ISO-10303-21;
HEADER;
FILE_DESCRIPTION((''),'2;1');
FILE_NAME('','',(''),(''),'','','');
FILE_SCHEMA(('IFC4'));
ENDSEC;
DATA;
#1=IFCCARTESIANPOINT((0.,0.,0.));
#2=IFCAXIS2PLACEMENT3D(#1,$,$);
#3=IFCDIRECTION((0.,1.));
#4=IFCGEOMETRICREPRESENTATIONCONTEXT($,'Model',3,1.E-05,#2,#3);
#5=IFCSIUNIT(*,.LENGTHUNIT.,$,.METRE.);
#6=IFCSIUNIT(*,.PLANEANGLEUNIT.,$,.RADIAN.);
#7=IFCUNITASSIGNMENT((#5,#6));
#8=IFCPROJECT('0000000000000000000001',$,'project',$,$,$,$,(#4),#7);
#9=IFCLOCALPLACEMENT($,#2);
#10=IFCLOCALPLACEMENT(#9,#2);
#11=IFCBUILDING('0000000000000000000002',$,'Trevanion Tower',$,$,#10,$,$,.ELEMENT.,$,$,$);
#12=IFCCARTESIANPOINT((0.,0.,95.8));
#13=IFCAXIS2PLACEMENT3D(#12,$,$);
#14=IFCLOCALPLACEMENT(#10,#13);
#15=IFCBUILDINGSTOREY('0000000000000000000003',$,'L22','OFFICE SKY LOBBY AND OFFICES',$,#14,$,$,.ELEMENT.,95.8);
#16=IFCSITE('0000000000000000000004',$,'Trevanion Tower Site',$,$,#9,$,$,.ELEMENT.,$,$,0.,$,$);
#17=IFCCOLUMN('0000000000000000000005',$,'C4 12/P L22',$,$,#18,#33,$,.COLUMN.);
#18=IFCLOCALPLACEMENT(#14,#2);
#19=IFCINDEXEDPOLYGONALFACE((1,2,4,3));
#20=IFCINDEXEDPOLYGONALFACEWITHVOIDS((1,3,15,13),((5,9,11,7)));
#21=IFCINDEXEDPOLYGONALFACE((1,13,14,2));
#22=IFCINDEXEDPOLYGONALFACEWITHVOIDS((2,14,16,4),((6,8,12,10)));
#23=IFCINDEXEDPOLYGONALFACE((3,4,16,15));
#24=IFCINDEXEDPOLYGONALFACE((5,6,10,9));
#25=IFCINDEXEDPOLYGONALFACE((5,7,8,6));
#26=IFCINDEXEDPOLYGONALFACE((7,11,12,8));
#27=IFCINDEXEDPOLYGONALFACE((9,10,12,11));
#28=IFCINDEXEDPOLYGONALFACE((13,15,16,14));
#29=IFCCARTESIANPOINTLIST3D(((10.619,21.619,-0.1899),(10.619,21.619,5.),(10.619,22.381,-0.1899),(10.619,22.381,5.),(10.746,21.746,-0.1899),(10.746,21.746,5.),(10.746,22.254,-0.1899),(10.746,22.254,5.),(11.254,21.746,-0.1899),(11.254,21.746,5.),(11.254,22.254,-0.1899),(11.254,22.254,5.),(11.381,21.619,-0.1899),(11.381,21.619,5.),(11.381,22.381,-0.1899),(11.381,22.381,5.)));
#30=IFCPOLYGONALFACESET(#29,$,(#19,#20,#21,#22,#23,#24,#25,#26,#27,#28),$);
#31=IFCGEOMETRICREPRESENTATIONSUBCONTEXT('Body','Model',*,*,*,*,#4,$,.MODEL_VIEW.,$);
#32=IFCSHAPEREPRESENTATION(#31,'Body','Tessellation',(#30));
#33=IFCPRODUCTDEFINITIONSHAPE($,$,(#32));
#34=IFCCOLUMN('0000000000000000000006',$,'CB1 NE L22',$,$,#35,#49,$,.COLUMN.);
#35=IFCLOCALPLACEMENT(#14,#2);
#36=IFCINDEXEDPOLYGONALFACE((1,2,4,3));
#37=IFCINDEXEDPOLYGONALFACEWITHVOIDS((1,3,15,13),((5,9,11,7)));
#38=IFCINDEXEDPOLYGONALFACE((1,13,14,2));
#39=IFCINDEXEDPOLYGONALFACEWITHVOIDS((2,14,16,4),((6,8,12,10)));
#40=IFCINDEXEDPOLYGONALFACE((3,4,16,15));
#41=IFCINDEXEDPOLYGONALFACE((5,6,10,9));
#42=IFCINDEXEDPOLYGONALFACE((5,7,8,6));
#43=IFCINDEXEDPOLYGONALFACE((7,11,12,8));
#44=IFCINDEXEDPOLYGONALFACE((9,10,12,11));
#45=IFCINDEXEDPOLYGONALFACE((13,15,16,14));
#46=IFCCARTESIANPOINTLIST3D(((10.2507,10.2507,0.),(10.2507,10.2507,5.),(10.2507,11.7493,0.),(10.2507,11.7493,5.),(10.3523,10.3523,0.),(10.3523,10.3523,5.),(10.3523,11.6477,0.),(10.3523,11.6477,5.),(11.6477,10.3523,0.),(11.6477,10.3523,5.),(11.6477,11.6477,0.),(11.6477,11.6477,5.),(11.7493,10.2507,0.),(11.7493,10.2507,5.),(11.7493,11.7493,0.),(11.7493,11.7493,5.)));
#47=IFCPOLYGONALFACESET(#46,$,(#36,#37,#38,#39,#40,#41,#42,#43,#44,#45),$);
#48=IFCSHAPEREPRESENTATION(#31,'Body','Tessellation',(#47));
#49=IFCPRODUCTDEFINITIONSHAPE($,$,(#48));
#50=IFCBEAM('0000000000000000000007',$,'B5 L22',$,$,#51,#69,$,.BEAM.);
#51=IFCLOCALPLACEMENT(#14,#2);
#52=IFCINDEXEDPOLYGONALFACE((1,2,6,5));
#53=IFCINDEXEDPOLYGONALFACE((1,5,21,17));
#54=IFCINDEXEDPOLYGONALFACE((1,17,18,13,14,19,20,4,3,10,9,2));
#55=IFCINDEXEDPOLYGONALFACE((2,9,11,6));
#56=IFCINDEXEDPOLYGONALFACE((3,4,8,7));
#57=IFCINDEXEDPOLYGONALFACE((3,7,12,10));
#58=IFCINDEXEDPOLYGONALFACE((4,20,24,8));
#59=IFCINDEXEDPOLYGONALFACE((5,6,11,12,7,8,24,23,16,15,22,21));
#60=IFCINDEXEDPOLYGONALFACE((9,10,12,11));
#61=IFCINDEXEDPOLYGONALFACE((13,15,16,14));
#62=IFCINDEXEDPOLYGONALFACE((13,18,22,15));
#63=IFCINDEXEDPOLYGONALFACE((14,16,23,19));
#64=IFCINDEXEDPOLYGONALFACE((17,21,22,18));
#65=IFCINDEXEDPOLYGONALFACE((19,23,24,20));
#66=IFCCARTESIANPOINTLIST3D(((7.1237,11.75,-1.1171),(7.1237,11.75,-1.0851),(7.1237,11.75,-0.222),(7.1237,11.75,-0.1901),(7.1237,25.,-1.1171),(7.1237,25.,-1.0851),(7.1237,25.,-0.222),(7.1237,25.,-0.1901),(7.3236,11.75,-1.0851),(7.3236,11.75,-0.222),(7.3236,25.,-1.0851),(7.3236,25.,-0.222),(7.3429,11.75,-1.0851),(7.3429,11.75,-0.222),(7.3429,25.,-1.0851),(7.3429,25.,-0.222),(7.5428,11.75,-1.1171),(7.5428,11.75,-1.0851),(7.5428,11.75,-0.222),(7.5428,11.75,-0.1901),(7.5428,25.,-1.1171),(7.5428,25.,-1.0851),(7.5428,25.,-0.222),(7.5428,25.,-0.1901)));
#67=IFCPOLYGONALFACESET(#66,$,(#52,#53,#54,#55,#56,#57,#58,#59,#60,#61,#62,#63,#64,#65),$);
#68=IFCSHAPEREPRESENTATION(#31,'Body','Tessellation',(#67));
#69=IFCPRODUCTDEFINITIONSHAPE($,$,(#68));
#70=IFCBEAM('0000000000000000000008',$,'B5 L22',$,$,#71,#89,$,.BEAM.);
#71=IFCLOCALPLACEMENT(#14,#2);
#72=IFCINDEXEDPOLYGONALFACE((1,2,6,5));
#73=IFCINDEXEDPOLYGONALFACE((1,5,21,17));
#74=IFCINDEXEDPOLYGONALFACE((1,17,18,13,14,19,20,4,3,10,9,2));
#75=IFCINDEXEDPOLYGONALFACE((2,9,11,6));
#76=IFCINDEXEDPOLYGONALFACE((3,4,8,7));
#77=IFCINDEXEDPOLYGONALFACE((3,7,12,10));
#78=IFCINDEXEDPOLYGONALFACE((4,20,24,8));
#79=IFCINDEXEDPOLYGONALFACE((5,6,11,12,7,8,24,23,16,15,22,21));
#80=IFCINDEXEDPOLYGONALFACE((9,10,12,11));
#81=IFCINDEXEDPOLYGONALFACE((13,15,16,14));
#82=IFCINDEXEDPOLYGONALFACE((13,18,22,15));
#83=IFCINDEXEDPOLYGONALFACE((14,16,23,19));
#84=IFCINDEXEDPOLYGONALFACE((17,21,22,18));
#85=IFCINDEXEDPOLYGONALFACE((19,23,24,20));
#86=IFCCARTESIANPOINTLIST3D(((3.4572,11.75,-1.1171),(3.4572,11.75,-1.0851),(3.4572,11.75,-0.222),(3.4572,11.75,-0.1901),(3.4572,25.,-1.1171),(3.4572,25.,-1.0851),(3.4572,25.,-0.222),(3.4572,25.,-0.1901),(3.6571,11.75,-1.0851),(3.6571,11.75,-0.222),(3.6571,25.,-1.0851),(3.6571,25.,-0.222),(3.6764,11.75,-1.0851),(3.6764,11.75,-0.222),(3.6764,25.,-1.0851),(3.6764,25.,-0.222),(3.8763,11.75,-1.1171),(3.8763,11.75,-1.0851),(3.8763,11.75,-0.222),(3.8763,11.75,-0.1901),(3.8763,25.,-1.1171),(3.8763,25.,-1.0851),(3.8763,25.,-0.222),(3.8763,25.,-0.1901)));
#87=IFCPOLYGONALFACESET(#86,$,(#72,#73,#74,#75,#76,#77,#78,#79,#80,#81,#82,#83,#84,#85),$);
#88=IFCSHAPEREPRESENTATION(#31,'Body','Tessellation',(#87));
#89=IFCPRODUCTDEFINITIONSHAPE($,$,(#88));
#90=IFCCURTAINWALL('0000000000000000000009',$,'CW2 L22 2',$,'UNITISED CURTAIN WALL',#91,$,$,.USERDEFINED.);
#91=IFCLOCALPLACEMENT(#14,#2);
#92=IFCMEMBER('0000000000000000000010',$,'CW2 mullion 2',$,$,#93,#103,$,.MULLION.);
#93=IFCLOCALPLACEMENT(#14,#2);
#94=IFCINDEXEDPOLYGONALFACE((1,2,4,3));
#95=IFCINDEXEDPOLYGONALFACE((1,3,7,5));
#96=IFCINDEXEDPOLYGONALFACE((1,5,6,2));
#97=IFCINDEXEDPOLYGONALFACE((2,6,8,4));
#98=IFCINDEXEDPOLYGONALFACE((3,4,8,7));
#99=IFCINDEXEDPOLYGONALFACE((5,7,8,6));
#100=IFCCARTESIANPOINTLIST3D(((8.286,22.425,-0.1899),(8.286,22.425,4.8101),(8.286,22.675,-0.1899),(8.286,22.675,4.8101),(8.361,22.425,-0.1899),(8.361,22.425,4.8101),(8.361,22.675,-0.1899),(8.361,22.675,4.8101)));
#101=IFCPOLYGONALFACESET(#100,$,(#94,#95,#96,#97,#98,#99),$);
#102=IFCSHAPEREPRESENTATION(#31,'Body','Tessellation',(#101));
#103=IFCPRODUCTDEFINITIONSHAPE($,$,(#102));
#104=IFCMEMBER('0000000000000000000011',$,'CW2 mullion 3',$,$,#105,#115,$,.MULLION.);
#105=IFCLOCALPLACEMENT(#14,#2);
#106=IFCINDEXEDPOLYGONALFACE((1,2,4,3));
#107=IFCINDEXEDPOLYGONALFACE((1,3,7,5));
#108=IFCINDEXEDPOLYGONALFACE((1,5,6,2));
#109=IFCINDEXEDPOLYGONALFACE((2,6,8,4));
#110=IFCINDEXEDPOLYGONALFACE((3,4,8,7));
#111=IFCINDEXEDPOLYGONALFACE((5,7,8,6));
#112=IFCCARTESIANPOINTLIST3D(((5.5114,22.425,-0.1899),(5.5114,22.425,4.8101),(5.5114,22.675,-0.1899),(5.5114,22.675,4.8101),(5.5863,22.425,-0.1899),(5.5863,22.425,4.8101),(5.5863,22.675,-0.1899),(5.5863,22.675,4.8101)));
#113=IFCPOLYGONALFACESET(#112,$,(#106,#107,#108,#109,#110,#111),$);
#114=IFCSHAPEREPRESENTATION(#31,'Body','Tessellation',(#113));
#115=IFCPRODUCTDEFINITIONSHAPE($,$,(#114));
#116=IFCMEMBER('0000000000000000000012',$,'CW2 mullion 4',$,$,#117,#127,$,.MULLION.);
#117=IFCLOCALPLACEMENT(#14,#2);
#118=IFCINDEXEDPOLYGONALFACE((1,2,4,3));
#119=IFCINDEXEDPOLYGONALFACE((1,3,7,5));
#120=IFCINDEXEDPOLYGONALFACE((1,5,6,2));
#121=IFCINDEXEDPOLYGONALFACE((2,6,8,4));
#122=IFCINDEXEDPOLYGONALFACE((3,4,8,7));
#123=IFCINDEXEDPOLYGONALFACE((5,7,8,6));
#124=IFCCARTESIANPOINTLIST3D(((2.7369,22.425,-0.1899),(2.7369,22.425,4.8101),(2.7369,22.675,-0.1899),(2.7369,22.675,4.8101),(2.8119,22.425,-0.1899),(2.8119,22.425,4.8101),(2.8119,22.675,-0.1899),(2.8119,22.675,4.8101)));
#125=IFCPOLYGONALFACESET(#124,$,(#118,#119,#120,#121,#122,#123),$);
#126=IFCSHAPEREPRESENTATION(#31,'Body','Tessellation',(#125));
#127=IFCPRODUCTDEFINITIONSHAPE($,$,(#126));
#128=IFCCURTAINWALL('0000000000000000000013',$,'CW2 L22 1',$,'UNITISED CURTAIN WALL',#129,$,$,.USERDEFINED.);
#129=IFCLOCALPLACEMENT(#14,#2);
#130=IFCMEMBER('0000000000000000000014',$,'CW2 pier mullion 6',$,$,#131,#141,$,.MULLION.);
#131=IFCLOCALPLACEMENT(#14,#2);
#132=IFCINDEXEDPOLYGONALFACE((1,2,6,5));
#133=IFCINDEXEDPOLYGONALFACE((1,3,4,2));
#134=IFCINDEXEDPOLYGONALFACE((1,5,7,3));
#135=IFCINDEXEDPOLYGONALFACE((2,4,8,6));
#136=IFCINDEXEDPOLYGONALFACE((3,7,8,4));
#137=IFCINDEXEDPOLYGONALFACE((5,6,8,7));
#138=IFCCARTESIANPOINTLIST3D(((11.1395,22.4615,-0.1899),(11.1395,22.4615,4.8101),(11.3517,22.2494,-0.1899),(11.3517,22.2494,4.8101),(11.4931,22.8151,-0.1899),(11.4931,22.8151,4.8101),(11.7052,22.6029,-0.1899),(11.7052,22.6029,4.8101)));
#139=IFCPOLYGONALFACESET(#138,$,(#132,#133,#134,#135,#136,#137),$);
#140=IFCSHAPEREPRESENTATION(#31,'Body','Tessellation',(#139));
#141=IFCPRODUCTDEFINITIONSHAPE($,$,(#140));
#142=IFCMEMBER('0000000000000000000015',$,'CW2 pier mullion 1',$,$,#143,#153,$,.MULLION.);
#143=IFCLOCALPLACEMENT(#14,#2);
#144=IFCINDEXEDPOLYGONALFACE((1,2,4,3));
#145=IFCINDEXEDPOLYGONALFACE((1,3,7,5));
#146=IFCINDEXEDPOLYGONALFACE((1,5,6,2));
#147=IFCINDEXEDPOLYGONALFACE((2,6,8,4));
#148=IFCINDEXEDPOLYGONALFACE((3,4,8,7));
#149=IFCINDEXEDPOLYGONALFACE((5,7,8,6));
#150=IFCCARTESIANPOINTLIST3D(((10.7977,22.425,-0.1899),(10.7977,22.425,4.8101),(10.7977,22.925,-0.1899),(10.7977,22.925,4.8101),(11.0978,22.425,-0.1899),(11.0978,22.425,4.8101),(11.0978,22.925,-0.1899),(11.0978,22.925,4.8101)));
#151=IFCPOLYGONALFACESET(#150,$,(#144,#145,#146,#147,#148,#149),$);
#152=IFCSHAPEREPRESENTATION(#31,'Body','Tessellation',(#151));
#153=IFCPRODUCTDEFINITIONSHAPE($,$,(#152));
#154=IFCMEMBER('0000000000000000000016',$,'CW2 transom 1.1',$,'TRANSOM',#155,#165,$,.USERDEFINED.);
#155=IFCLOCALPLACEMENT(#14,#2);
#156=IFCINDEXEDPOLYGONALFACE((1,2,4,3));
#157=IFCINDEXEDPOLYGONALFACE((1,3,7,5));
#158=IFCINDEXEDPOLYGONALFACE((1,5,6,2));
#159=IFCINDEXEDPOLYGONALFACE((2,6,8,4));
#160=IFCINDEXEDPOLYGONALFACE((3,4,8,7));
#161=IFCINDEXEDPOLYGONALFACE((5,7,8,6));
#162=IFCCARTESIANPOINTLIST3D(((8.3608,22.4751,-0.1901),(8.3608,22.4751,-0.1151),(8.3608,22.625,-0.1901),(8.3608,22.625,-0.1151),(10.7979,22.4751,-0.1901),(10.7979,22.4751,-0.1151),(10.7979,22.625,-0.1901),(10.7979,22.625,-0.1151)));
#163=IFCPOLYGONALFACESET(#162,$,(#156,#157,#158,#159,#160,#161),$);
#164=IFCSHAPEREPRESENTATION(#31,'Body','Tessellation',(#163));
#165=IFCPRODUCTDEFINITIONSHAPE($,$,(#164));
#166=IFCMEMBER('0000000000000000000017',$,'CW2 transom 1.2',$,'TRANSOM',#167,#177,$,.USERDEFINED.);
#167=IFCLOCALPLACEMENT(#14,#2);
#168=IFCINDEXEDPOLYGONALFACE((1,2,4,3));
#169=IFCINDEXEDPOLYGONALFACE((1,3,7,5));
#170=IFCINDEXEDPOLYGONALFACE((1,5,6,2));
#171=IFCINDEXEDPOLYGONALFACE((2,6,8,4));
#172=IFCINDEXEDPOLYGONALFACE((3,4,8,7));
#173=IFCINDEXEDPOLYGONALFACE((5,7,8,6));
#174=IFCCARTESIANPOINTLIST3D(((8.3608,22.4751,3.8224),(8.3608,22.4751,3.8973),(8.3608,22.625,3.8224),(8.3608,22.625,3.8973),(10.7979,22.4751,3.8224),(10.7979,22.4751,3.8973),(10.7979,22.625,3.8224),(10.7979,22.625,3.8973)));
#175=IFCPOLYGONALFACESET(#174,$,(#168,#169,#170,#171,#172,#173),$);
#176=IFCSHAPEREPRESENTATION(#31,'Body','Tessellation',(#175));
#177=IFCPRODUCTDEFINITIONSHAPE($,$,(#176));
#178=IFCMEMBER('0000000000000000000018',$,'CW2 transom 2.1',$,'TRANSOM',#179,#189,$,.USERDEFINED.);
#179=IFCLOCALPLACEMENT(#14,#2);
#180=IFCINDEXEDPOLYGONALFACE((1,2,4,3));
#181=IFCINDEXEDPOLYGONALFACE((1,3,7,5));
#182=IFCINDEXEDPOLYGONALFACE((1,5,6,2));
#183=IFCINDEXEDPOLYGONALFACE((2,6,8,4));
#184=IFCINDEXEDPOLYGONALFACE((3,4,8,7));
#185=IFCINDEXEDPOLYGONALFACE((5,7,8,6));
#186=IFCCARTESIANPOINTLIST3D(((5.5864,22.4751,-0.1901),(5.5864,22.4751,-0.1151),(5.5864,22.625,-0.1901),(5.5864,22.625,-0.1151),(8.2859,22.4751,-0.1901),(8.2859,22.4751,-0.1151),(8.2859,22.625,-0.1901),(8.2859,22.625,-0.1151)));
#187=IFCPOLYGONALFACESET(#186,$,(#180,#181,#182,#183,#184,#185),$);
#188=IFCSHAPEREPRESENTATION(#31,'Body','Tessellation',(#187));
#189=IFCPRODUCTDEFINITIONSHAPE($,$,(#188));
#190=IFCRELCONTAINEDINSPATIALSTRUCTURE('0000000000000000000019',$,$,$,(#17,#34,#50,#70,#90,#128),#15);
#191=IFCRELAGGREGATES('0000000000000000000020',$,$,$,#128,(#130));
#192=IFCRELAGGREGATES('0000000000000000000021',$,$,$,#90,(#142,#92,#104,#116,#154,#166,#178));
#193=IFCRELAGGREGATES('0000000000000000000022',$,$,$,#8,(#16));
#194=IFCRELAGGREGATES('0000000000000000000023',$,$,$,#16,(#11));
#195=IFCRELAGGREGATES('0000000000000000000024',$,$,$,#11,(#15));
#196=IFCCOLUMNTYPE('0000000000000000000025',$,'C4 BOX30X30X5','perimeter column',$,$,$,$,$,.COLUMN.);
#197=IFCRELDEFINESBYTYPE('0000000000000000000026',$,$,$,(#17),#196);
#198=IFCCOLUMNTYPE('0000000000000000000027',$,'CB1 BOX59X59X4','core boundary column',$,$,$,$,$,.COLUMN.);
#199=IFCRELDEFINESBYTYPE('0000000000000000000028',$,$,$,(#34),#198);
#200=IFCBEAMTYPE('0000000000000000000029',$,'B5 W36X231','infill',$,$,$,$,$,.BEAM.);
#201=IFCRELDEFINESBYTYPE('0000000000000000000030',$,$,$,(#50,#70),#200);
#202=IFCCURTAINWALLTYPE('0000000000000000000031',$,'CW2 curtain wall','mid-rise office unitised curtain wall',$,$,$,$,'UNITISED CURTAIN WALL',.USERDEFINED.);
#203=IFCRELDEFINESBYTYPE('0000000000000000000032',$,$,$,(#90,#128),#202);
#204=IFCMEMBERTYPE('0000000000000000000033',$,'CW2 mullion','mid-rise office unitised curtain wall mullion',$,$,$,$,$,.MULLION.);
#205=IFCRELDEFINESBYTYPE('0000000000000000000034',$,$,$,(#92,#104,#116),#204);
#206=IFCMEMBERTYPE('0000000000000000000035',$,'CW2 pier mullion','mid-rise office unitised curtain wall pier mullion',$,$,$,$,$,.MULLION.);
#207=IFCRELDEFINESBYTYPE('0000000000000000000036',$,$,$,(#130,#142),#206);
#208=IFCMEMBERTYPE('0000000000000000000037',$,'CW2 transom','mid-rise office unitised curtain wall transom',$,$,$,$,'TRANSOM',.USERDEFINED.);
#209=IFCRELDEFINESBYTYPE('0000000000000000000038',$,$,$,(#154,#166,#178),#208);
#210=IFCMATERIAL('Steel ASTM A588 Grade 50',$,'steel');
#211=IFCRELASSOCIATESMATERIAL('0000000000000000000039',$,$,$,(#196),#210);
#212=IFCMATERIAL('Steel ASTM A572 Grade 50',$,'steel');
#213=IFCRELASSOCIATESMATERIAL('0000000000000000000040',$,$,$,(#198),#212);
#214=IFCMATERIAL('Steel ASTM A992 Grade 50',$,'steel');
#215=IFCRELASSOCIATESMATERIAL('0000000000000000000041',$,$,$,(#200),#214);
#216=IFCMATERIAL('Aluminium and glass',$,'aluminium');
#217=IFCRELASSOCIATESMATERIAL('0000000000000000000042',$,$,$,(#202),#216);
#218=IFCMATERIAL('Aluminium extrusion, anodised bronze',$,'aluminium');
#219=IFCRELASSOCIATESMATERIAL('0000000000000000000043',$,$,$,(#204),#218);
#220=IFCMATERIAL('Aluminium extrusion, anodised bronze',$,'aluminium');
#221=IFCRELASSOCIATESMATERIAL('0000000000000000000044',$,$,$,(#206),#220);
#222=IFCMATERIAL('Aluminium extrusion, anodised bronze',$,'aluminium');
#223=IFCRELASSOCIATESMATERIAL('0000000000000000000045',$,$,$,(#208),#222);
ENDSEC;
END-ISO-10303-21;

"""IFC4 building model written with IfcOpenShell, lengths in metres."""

from ifc_helpers import new_model, si_unit, direction, frame, origin, origin_2d, place, context, subcontext, project, spatial, rectangle, hollow_rectangle, i_section, extrude, material, material_profile, profile_set, type_object, element, aggregate, save


model = new_model("IFC4")

# Units and contexts
model_context = context("Model", 3, precision=1e-05, world=origin(), true_north=direction((0.0, 1.0)))
body_context = subcontext(model_context, "Body", "Model", "MODEL_VIEW")
ifc_project = project(units=[si_unit("LENGTHUNIT", "METRE"), si_unit("PLANEANGLEUNIT", "RADIAN")], contexts=[model_context])

# Site, building, storey
site_placement = place(None, origin())
site = spatial("IfcSite", under=ifc_project, at=site_placement, Name="Trevanion Tower Site", CompositionType="ELEMENT", RefElevation=0.0)
building_placement = place(site_placement, origin())
building = spatial("IfcBuilding", under=site, at=building_placement, Name="Trevanion Tower", CompositionType="ELEMENT")
storey_placement = place(building_placement, frame((0.0, 0.0, 95.8)))
storey = spatial("IfcBuildingStorey", under=building, at=storey_placement, Name="L22", Description="OFFICE SKY LOBBY AND OFFICES", CompositionType="ELEMENT", Elevation=95.8)

# Columns
ifc_material_1 = material(Name="Steel ASTM A588 Grade 50", Category="steel")
ifc_material_profile_1 = material_profile(ifc_material_1, hollow_rectangle(XDim=0.762, YDim=0.762, WallThickness=0.127, at=origin_2d()), Name="BOX30X30X5")
ifc_profile_set_1 = profile_set([ifc_material_profile_1], Name="Steel ASTM A588 Grade 50")
column_type_1 = type_object("IfcColumnType", Name="C4 BOX30X30X5", Description="perimeter column", PredefinedType="COLUMN", material=ifc_profile_set_1)
column_1_placement = place(storey_placement, frame((11.0, 22.0, -0.1899), z_axis=(0.0, 0.0, 1.0), x_axis=(1.0, 0.0, 0.0)))
element("IfcColumn", 1, at=column_1_placement, inside=storey, type_object=column_type_1, Name="C4 12/P L22", PredefinedType="COLUMN", context=body_context, shape_type="SweptSolid", body=[
    extrude(hollow_rectangle(XDim=0.762, YDim=0.762, WallThickness=0.127, at=origin_2d()), origin(), (0.0, 0.0, 1.0), 5.1899),
])
ifc_material_2 = material(Name="Steel ASTM A572 Grade 50", Category="steel")
ifc_material_profile_2 = material_profile(ifc_material_2, hollow_rectangle(XDim=1.4985, YDim=1.4985, WallThickness=0.1016, at=origin_2d()), Name="BOX59X59X4")
ifc_profile_set_2 = profile_set([ifc_material_profile_2], Name="Steel ASTM A572 Grade 50")
column_type_2 = type_object("IfcColumnType", Name="CB1 BOX59X59X4", Description="core boundary column", PredefinedType="COLUMN", material=ifc_profile_set_2)
column_2_placement = place(storey_placement, frame((11.0, 11.0, 0.0), z_axis=(0.0, 0.0, 1.0), x_axis=(1.0, 0.0, 0.0)))
element("IfcColumn", 2, at=column_2_placement, inside=storey, type_object=column_type_2, Name="CB1 NE L22", PredefinedType="COLUMN", context=body_context, shape_type="SweptSolid", body=[
    extrude(hollow_rectangle(XDim=1.4985, YDim=1.4985, WallThickness=0.1016, at=origin_2d()), origin(), (0.0, 0.0, 1.0), 5.0),
])

# Beams
ifc_material_3 = material(Name="Steel ASTM A992 Grade 50", Category="steel")
ifc_material_profile_3 = material_profile(ifc_material_3, i_section(OverallWidth=0.4192, OverallDepth=0.927, WebThickness=0.0193, FlangeThickness=0.032, at=origin_2d()), Name="W36X231")
ifc_profile_set_3 = profile_set([ifc_material_profile_3], Name="Steel ASTM A992 Grade 50")
beam_type = type_object("IfcBeamType", Name="B5 W36X231", Description="infill", PredefinedType="BEAM", material=ifc_profile_set_3)
for number, where, z_axis, x_axis, name in (
    (3, (7.3333, 11.75, -0.6536), (0.0, 1.0, 0.0), (-1.0, 0.0, 0.0), "B5 L22"),
    (4, (3.6667, 11.75, -0.6536), (0.0, 1.0, 0.0), (-1.0, 0.0, 0.0), "B5 L22"),
):
    element("IfcBeam", number, at=place(storey_placement, frame(where, z_axis=z_axis, x_axis=x_axis)), inside=storey, type_object=beam_type, Name=name, PredefinedType="BEAM", context=body_context, shape_type="SweptSolid", body=[
        extrude(i_section(OverallWidth=0.4192, OverallDepth=0.927, WebThickness=0.0193, FlangeThickness=0.032, at=origin_2d()), origin(), (0.0, 0.0, 1.0), 13.25),
    ])

# Curtain wall, members
ifc_material_4 = material(Name="Aluminium and glass", Category="aluminium")
curtain_wall_type = type_object("IfcCurtainWallType", Name="CW2 curtain wall", Description="mid-rise office unitised curtain wall", ElementType="UNITISED CURTAIN WALL", PredefinedType="USERDEFINED", material=ifc_material_4)
curtain_wall_1_placement = place(storey_placement, origin())
curtain_wall_1 = element("IfcCurtainWall", 5, at=curtain_wall_1_placement, inside=storey, type_object=curtain_wall_type, Name="CW2 L22 2", ObjectType="UNITISED CURTAIN WALL", PredefinedType="USERDEFINED")
ifc_material_5 = material(Name="Aluminium extrusion, anodised bronze", Category="aluminium")
ifc_material_profile_4 = material_profile(ifc_material_5, rectangle(XDim=0.075, YDim=0.25, at=origin_2d()), Name="CW2 mullion")
ifc_profile_set_4 = profile_set([ifc_material_profile_4], Name="Aluminium extrusion, anodised bronze")
member_type_1 = type_object("IfcMemberType", Name="CW2 mullion", Description="mid-rise office unitised curtain wall mullion", PredefinedType="MULLION", material=ifc_profile_set_4)
member_1_placement = place(storey_placement, frame((8.3235, 22.55, -0.1899), z_axis=(0.0, 0.0, 1.0), x_axis=(-1.0, 0.0, 0.0)))
member_1 = element("IfcMember", 6, at=member_1_placement, type_object=member_type_1, Name="CW2 mullion 2", PredefinedType="MULLION", context=body_context, shape_type="SweptSolid", body=[
    extrude(rectangle(XDim=0.075, YDim=0.25, at=origin_2d()), origin(), (0.0, 0.0, 1.0), 5.0),
])
member_2_placement = place(storey_placement, frame((5.5488, 22.55, -0.1899), z_axis=(0.0, 0.0, 1.0), x_axis=(-1.0, 0.0, 0.0)))
member_2 = element("IfcMember", 7, at=member_2_placement, type_object=member_type_1, Name="CW2 mullion 3", PredefinedType="MULLION", context=body_context, shape_type="SweptSolid", body=[
    extrude(rectangle(XDim=0.075, YDim=0.25, at=origin_2d()), origin(), (0.0, 0.0, 1.0), 5.0),
])
member_3_placement = place(storey_placement, frame((2.7744, 22.55, -0.1899), z_axis=(0.0, 0.0, 1.0), x_axis=(-1.0, 0.0, 0.0)))
member_3 = element("IfcMember", 8, at=member_3_placement, type_object=member_type_1, Name="CW2 mullion 4", PredefinedType="MULLION", context=body_context, shape_type="SweptSolid", body=[
    extrude(rectangle(XDim=0.075, YDim=0.25, at=origin_2d()), origin(), (0.0, 0.0, 1.0), 5.0),
])

# Curtain wall, member
curtain_wall_2_placement = place(storey_placement, origin())
curtain_wall_2 = element("IfcCurtainWall", 9, at=curtain_wall_2_placement, inside=storey, type_object=curtain_wall_type, Name="CW2 L22 1", ObjectType="UNITISED CURTAIN WALL", PredefinedType="USERDEFINED")
ifc_material_6 = material(Name="Aluminium extrusion, anodised bronze", Category="aluminium")
ifc_material_profile_5 = material_profile(ifc_material_6, rectangle(XDim=0.3, YDim=0.5, at=origin_2d()), Name="CW2 pier mullion")
ifc_profile_set_5 = profile_set([ifc_material_profile_5], Name="Aluminium extrusion, anodised bronze")
member_type_2 = type_object("IfcMemberType", Name="CW2 pier mullion", Description="mid-rise office unitised curtain wall pier mullion", PredefinedType="MULLION", material=ifc_profile_set_5)
member_4_placement = place(storey_placement, frame((11.4224, 22.5322, -0.1899), z_axis=(0.0, 0.0, 1.0), x_axis=(-0.707107, 0.707107, 0.0)))
member_4 = element("IfcMember", 10, at=member_4_placement, type_object=member_type_2, Name="CW2 pier mullion 6", PredefinedType="MULLION", context=body_context, shape_type="SweptSolid", body=[
    extrude(rectangle(XDim=0.3, YDim=0.5, at=origin_2d()), origin(), (0.0, 0.0, 1.0), 5.0),
])
aggregate(curtain_wall_2, [member_4])

# Members
member_5_placement = place(storey_placement, frame((10.9478, 22.675, -0.1899), z_axis=(0.0, 0.0, 1.0), x_axis=(-1.0, 0.0, 0.0)))
member_5 = element("IfcMember", 11, at=member_5_placement, type_object=member_type_2, Name="CW2 pier mullion 1", PredefinedType="MULLION", context=body_context, shape_type="SweptSolid", body=[
    extrude(rectangle(XDim=0.3, YDim=0.5, at=origin_2d()), origin(), (0.0, 0.0, 1.0), 5.0),
])
ifc_material_7 = material(Name="Aluminium extrusion, anodised bronze", Category="aluminium")
ifc_material_profile_6 = material_profile(ifc_material_7, rectangle(XDim=0.1499, YDim=0.075, at=origin_2d()), Name="CW2 transom")
ifc_profile_set_6 = profile_set([ifc_material_profile_6], Name="Aluminium extrusion, anodised bronze")
member_type_3 = type_object("IfcMemberType", Name="CW2 transom", Description="mid-rise office unitised curtain wall transom", ElementType="TRANSOM", PredefinedType="USERDEFINED", material=ifc_profile_set_6)
member_6_placement = place(storey_placement, frame((10.7979, 22.55, -0.1526), z_axis=(-1.0, 0.0, 0.0), x_axis=(0.0, -1.0, 0.0)))
member_6 = element("IfcMember", 12, at=member_6_placement, type_object=member_type_3, Name="CW2 transom 1.1", ObjectType="TRANSOM", PredefinedType="USERDEFINED", context=body_context, shape_type="SweptSolid", body=[
    extrude(rectangle(XDim=0.1499, YDim=0.075, at=origin_2d()), origin(), (0.0, 0.0, 1.0), 2.437),
])
member_7_placement = place(storey_placement, frame((10.7979, 22.55, 3.8599), z_axis=(-1.0, 0.0, 0.0), x_axis=(0.0, -1.0, 0.0)))
member_7 = element("IfcMember", 13, at=member_7_placement, type_object=member_type_3, Name="CW2 transom 1.2", ObjectType="TRANSOM", PredefinedType="USERDEFINED", context=body_context, shape_type="SweptSolid", body=[
    extrude(rectangle(XDim=0.1499, YDim=0.075, at=origin_2d()), origin(), (0.0, 0.0, 1.0), 2.437),
])
member_8_placement = place(storey_placement, frame((8.2859, 22.55, -0.1526), z_axis=(-1.0, 0.0, 0.0), x_axis=(0.0, -1.0, 0.0)))
member_8 = element("IfcMember", 14, at=member_8_placement, type_object=member_type_3, Name="CW2 transom 2.1", ObjectType="TRANSOM", PredefinedType="USERDEFINED", context=body_context, shape_type="SweptSolid", body=[
    extrude(rectangle(XDim=0.1499, YDim=0.075, at=origin_2d()), origin(), (0.0, 0.0, 1.0), 2.6995),
])

aggregate(curtain_wall_1, [member_5, member_1, member_2, member_3, member_6, member_7, member_8])

save(model, "model.ifc")
